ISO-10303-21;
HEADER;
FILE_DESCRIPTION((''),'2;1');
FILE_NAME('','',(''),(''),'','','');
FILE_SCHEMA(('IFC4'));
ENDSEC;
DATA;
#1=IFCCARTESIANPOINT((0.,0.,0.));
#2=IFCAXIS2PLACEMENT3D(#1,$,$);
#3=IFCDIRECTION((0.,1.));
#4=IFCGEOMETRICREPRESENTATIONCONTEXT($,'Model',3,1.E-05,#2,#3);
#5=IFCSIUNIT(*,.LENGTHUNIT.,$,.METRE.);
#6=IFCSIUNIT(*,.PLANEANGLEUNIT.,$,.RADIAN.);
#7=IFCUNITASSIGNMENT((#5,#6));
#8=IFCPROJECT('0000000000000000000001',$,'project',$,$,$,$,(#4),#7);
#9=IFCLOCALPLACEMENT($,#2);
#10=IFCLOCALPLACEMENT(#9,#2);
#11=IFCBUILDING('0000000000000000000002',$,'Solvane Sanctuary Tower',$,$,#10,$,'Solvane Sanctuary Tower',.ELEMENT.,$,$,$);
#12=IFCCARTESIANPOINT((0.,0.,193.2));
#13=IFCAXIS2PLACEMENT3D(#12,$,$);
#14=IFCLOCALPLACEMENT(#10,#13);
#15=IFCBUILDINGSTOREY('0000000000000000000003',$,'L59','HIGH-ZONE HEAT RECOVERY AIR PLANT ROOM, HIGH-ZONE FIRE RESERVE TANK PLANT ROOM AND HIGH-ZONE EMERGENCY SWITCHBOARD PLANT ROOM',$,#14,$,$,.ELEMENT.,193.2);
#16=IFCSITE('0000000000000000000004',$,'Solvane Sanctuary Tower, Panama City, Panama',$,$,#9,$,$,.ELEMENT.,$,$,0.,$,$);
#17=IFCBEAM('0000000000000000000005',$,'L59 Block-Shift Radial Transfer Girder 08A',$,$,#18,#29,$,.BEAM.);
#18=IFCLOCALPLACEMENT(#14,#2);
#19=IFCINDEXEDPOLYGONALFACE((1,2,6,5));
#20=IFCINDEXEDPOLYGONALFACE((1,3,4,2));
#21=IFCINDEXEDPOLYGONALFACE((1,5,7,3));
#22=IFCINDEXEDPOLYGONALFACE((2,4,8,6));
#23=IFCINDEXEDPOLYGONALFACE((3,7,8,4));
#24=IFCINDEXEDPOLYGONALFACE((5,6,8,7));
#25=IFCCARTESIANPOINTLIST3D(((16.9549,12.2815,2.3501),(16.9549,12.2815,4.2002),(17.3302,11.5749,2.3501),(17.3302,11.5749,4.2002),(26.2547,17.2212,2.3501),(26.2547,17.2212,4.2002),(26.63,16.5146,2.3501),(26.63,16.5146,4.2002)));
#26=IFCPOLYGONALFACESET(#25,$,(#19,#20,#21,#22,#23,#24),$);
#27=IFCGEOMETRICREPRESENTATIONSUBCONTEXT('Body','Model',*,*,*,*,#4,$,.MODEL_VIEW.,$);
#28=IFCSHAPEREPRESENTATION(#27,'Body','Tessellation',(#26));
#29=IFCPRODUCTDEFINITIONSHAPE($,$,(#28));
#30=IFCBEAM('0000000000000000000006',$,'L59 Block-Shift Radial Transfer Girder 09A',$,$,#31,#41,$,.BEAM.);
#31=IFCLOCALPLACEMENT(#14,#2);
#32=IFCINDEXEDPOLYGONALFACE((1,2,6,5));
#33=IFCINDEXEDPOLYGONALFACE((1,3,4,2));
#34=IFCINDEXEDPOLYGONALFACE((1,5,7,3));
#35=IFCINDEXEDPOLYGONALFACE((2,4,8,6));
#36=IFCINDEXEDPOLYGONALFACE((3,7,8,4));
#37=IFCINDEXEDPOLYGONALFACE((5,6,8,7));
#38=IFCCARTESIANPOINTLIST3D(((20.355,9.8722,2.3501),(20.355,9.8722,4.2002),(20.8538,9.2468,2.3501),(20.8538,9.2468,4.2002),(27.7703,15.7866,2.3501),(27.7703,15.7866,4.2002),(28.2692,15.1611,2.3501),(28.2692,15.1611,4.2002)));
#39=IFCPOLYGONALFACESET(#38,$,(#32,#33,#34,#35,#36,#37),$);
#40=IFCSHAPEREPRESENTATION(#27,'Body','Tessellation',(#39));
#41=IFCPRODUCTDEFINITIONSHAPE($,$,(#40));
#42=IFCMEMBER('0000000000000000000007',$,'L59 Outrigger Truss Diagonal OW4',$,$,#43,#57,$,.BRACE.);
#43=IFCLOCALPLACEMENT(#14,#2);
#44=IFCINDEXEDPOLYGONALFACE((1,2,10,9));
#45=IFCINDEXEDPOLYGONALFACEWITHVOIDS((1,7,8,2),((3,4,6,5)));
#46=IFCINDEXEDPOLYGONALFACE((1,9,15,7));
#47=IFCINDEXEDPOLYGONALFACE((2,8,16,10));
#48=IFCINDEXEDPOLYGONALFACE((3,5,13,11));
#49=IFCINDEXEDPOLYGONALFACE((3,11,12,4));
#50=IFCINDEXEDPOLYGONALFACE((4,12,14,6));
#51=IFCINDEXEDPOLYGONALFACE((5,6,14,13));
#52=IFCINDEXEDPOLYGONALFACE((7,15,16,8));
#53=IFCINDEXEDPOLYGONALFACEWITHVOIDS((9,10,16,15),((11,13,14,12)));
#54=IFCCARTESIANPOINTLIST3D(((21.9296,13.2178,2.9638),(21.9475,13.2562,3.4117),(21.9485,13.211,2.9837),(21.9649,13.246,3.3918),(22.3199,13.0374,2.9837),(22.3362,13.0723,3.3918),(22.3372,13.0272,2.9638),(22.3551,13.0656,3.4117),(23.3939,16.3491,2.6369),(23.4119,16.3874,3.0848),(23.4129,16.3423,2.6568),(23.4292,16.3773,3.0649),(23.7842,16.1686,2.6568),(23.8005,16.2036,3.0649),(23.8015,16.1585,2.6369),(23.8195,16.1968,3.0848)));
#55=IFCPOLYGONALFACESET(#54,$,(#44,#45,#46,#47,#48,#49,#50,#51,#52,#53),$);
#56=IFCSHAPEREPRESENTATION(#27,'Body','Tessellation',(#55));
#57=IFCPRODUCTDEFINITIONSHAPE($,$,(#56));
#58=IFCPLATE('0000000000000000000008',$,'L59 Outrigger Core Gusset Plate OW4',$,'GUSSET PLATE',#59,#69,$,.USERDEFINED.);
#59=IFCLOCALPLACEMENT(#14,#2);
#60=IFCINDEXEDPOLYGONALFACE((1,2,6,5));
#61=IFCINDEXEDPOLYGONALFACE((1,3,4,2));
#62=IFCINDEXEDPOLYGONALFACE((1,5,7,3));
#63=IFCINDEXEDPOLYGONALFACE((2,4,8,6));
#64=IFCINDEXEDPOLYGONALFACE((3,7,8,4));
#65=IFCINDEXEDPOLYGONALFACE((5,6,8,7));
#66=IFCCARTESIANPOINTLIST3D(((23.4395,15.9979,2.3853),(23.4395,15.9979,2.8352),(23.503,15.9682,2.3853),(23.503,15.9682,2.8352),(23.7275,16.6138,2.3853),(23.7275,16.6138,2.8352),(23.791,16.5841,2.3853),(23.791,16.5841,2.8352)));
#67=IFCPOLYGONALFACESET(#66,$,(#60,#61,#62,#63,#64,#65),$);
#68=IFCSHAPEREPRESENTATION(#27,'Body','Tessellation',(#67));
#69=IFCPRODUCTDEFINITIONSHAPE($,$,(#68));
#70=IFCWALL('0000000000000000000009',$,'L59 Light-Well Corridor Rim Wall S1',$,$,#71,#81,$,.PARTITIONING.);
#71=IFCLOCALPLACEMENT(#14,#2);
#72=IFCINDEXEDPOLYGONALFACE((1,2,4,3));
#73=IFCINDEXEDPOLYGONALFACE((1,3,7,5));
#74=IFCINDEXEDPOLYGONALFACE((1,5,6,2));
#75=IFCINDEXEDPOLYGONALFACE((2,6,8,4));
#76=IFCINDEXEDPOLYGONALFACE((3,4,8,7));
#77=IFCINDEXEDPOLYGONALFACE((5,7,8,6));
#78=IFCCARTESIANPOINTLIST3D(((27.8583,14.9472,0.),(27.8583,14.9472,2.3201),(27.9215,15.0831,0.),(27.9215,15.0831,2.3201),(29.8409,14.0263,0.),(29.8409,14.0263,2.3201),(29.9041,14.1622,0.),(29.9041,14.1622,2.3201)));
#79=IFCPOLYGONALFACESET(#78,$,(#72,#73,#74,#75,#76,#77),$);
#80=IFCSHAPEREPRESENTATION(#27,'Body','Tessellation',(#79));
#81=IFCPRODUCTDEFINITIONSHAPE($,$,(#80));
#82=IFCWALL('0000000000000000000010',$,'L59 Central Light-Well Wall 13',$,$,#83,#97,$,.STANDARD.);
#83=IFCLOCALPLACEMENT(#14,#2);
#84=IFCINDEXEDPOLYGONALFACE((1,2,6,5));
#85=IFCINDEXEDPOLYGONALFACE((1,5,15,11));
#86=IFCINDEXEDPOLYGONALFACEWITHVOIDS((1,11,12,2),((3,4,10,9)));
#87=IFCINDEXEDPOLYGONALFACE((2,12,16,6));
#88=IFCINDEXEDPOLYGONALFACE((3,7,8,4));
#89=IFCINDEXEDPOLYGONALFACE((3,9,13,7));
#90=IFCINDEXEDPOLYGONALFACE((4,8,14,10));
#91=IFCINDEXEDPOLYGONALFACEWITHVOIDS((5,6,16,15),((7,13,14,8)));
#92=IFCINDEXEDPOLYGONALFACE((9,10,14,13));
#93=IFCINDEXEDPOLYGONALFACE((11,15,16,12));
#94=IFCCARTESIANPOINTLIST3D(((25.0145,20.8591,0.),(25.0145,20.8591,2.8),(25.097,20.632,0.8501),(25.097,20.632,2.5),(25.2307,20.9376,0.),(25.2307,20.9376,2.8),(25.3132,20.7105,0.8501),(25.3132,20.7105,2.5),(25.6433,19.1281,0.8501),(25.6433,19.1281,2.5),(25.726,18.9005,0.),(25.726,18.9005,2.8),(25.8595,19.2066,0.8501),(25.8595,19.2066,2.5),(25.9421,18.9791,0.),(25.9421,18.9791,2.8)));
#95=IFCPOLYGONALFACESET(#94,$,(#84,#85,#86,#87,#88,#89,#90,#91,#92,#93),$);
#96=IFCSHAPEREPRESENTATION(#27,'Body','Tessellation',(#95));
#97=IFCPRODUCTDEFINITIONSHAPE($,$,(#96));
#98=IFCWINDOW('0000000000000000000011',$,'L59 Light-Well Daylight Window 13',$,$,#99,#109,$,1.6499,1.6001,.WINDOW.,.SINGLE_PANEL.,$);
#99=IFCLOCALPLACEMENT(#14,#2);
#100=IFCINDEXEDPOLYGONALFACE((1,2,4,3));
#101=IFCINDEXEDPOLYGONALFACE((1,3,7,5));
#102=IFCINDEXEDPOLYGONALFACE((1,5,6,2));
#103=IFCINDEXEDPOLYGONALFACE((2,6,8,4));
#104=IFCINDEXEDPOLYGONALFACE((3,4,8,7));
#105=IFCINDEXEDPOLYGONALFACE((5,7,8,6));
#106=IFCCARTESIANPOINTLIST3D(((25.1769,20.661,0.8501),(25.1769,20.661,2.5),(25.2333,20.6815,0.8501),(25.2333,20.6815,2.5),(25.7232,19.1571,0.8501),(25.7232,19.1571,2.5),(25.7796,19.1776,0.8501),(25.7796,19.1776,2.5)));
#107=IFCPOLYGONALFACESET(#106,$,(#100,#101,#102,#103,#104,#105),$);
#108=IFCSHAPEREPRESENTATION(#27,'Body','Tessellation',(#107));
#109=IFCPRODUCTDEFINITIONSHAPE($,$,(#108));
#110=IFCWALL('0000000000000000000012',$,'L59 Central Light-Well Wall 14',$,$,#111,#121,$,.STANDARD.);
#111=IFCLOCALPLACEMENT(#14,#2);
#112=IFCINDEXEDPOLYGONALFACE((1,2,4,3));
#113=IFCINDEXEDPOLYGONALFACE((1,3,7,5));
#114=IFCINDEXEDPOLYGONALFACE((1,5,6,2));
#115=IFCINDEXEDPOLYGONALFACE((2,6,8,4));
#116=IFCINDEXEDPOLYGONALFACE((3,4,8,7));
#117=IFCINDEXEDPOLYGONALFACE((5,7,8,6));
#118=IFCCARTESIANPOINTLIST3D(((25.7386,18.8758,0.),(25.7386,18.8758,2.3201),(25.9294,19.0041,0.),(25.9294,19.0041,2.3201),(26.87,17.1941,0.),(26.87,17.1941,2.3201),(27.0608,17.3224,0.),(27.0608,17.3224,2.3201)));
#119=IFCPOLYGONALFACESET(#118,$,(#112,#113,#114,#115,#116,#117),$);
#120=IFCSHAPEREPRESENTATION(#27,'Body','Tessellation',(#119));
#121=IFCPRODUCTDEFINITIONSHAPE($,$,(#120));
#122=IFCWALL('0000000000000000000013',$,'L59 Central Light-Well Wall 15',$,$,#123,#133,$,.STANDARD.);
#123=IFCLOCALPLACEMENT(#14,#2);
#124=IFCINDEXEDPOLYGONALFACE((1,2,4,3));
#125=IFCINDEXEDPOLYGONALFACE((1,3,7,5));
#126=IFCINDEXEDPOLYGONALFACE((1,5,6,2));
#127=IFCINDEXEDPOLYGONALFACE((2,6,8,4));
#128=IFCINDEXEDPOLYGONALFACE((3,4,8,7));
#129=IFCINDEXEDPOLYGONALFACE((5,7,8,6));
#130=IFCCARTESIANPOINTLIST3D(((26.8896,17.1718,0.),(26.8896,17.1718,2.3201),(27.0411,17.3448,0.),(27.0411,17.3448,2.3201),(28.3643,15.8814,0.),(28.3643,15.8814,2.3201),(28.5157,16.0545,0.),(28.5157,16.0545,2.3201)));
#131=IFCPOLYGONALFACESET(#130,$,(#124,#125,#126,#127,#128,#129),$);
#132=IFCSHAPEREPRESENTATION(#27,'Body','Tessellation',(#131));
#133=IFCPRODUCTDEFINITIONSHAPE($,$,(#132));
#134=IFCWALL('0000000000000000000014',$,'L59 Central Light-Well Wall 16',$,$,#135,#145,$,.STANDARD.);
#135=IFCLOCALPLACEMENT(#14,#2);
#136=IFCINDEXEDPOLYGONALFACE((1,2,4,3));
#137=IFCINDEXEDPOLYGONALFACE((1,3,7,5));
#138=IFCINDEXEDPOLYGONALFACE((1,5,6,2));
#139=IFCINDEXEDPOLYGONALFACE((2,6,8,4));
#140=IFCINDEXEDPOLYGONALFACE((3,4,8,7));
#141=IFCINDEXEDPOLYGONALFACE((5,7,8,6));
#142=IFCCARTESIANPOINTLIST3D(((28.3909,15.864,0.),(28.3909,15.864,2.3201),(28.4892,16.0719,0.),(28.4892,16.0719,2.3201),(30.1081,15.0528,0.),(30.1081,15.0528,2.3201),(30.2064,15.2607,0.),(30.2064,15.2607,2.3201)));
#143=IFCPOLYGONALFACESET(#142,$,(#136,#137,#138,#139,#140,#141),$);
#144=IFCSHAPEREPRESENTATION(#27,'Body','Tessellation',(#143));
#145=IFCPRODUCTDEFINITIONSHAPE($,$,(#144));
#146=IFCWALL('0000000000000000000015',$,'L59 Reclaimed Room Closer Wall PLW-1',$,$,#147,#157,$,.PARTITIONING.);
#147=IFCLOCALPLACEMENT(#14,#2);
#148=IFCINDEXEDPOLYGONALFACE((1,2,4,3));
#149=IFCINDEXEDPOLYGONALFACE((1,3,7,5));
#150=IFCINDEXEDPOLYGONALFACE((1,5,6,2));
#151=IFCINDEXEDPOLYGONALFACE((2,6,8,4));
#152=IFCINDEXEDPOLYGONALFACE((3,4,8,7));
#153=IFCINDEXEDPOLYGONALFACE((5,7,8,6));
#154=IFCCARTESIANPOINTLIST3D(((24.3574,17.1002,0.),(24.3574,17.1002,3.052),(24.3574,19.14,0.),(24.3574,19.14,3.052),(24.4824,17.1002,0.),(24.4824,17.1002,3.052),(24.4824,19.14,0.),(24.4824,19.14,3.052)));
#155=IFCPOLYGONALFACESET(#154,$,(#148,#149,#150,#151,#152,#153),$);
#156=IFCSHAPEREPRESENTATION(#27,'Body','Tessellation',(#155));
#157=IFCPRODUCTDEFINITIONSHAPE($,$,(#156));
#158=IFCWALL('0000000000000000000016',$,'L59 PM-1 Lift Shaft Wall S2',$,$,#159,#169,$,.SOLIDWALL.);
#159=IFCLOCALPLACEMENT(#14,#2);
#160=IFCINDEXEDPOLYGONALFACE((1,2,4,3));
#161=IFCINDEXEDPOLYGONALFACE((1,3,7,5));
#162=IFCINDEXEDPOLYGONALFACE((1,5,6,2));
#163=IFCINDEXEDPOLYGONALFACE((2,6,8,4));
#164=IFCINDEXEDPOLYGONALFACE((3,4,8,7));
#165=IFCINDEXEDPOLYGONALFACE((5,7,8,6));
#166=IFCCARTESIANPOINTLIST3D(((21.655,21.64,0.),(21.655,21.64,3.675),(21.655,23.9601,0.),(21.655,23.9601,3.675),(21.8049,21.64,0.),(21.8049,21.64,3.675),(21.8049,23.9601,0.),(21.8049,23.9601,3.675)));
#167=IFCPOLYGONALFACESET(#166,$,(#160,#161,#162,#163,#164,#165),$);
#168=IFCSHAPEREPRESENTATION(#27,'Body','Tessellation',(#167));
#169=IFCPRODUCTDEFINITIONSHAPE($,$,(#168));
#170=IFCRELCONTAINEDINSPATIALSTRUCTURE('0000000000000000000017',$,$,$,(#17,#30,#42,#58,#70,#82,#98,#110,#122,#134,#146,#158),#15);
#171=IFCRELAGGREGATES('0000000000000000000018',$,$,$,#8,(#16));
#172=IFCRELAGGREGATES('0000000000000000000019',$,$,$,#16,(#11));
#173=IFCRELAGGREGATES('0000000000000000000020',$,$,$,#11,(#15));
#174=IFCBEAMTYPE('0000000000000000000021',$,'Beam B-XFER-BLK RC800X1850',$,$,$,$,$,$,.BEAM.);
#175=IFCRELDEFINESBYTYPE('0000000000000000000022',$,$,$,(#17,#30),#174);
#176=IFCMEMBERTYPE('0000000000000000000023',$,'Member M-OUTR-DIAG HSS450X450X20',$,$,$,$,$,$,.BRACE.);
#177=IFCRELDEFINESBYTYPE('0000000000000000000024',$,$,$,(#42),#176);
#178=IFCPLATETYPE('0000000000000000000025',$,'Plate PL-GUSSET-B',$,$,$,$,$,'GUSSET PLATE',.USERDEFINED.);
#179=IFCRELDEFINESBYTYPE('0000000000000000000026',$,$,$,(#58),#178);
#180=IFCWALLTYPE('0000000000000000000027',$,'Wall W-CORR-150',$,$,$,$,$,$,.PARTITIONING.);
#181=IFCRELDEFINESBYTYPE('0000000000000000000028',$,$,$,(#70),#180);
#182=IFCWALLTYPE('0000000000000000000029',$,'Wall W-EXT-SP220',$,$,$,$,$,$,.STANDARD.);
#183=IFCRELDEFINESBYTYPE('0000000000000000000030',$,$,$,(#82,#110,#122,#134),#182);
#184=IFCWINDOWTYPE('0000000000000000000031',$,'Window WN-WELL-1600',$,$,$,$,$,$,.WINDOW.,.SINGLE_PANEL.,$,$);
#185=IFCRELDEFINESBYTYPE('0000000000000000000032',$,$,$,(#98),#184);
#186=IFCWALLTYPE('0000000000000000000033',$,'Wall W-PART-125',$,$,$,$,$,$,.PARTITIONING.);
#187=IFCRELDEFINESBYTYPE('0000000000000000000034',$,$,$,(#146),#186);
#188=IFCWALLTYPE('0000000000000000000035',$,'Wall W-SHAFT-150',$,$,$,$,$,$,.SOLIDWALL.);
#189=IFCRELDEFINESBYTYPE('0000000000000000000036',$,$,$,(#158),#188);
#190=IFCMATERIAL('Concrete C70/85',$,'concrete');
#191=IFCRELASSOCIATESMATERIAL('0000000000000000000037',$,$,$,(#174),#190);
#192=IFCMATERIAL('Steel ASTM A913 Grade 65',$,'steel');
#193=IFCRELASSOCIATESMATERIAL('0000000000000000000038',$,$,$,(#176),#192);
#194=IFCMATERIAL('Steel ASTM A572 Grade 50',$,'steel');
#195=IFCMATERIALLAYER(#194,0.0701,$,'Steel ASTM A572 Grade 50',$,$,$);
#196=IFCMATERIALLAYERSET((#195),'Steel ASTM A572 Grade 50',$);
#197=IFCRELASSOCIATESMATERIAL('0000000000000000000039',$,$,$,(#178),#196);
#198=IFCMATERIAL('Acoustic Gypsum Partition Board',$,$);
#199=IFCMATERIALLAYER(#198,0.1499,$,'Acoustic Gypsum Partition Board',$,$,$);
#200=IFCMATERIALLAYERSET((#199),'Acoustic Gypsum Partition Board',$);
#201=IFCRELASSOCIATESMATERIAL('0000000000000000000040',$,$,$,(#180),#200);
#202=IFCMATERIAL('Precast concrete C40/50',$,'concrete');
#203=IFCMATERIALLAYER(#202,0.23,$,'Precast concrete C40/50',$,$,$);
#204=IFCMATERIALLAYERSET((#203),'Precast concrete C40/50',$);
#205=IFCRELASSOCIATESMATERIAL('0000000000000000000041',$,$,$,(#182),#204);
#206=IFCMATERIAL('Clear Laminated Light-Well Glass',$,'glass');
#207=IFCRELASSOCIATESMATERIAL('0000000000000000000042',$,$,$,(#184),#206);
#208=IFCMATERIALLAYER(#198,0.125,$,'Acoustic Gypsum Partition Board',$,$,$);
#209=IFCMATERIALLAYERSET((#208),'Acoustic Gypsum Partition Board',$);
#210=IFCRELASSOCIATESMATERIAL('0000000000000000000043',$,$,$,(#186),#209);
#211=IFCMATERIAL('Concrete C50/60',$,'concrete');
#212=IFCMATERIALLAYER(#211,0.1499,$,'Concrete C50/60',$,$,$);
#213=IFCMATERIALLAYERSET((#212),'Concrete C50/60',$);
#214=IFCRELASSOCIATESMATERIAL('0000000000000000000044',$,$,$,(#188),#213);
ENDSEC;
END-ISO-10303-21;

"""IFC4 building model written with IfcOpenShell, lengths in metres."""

from ifc_helpers import new_model, si_unit, direction, frame, frame_2d, origin, origin_2d, place, context, subcontext, project, spatial, rectangle, hollow_rectangle, extrude, material, layer, layer_set, material_profile, profile_set, type_object, element, fill, save


model = new_model("IFC4")

# Units and contexts
model_context = context("Model", 3, precision=1e-05, world=origin(), true_north=direction((0.0, 1.0)))
body_context = subcontext(model_context, "Body", "Model", "MODEL_VIEW")
ifc_project = project(units=[si_unit("LENGTHUNIT", "METRE"), si_unit("PLANEANGLEUNIT", "RADIAN")], contexts=[model_context])

# Site, building, storey
site_placement = place(None, origin())
site = spatial("IfcSite", under=ifc_project, at=site_placement, Name="Solvane Sanctuary Tower, Panama City, Panama", CompositionType="ELEMENT", RefElevation=0.0)
building_placement = place(site_placement, origin())
building = spatial("IfcBuilding", under=site, at=building_placement, Name="Solvane Sanctuary Tower", LongName="Solvane Sanctuary Tower", CompositionType="ELEMENT")
storey_placement = place(building_placement, frame((0.0, 0.0, 193.2)))
storey = spatial("IfcBuildingStorey", under=building, at=storey_placement, Name="L59", Description="HIGH-ZONE HEAT RECOVERY AIR PLANT ROOM, HIGH-ZONE FIRE RESERVE TANK PLANT ROOM AND HIGH-ZONE EMERGENCY SWITCHBOARD PLANT ROOM", CompositionType="ELEMENT", Elevation=193.2)

# Shared definitions
ifc_material_1 = material(Name="Concrete C50/60", Category="concrete")
ifc_material_2 = material(Name="Concrete C70/85", Category="concrete")

# Beams
ifc_material_3 = material(Name="Steel ASTM A913 Grade 65", Category="steel")
ifc_material_profile_1 = material_profile(ifc_material_2, rectangle(XDim=0.8, YDim=1.8501, at=origin_2d()), Name="RC800X1850")
ifc_profile_set_1 = profile_set([ifc_material_profile_1], Name="Concrete C70/85")
beam_type_1 = type_object("IfcBeamType", Name="Beam B-XFER-BLK RC800X1850", PredefinedType="BEAM", material=ifc_profile_set_1)
beam_1_placement = place(storey_placement, frame((26.4424, 16.8679, 3.2751), z_axis=(-0.883148, -0.469094, 0.0), x_axis=(0.469094, -0.883148, 0.0)))
element("IfcBeam", 1, at=beam_1_placement, inside=storey, type_object=beam_type_1, Name="L59 Block-Shift Radial Transfer Girder 08A", PredefinedType="BEAM", context=body_context, shape_type="SweptSolid", body=[
    extrude(rectangle(XDim=0.8, YDim=1.8501, at=origin_2d()), origin(), (0.0, 0.0, 1.0), 10.5303),
])
beam_2_placement = place(storey_placement, frame((28.0198, 15.4739, 3.2751), z_axis=(-0.78179, -0.623542, 0.0), x_axis=(0.623542, -0.78179, 0.0)))
element("IfcBeam", 2, at=beam_2_placement, inside=storey, type_object=beam_type_1, Name="L59 Block-Shift Radial Transfer Girder 09A", PredefinedType="BEAM", context=body_context, shape_type="SweptSolid", body=[
    extrude(rectangle(XDim=0.8, YDim=1.8501, at=origin_2d()), origin(), (0.0, 0.0, 1.0), 9.4851),
])

# Member
ifc_material_profile_2 = material_profile(ifc_material_3, hollow_rectangle(XDim=0.45, YDim=0.45, WallThickness=0.02, at=origin_2d()), Name="HSS450X450X20")
ifc_profile_set_2 = profile_set([ifc_material_profile_2], Name="Steel ASTM A913 Grade 65")
member_type = type_object("IfcMemberType", Name="Member M-OUTR-DIAG HSS450X450X20", PredefinedType="BRACE", material=ifc_profile_set_2)
member_placement = place(storey_placement, frame((23.6067, 16.2729, 2.8608), z_axis=(-0.421731, -0.90182, 0.094148), x_axis=(0.905844, -0.423612, 0.0)))
element("IfcMember", 3, at=member_placement, inside=storey, type_object=member_type, Name="L59 Outrigger Truss Diagonal OW4", PredefinedType="BRACE", context=body_context, shape_type="SweptSolid", body=[
    extrude(hollow_rectangle(XDim=0.45, YDim=0.45, WallThickness=0.02, at=origin_2d()), origin(), (0.0, 0.0, 1.0), 3.4722),
])

# Plate
ifc_material_4 = material(Name="Steel ASTM A572 Grade 50", Category="steel")
ifc_layer_1 = layer(ifc_material_4, 0.0701, Name="Steel ASTM A572 Grade 50")
ifc_layer_set_1 = layer_set([ifc_layer_1], Name="Steel ASTM A572 Grade 50")
plate_type = type_object("IfcPlateType", Name="Plate PL-GUSSET-B", ElementType="GUSSET PLATE", PredefinedType="USERDEFINED", material=ifc_layer_set_1)
plate_placement = place(storey_placement, frame((23.6152, 16.291, 2.3853), z_axis=(0.0, 0.0, 1.0), x_axis=(-0.423567, -0.905865, 0.0)))
element("IfcPlate", 4, at=plate_placement, inside=storey, type_object=plate_type, Name="L59 Outrigger Core Gusset Plate OW4", ObjectType="GUSSET PLATE", PredefinedType="USERDEFINED", context=body_context, shape_type="SweptSolid", body=[
    extrude(rectangle(XDim=0.6799, YDim=0.0701, at=origin_2d()), origin(), (0.0, 0.0, 1.0), 0.45),
])

# Wall
ifc_material_5 = material(Name="Acoustic Gypsum Partition Board")
ifc_layer_2 = layer(ifc_material_5, 0.1499, Name="Acoustic Gypsum Partition Board")
ifc_layer_set_2 = layer_set([ifc_layer_2], Name="Acoustic Gypsum Partition Board")
wall_type_1 = type_object("IfcWallType", Name="Wall W-CORR-150", PredefinedType="PARTITIONING", material=ifc_layer_set_2)
wall_1_placement = place(storey_placement, frame((27.8899, 15.0151, 0.0), z_axis=(0.0, 0.0, 1.0), x_axis=(0.906943, -0.421252, 0.0)))
element("IfcWall", 5, at=wall_1_placement, inside=storey, type_object=wall_type_1, Name="L59 Light-Well Corridor Rim Wall S1", PredefinedType="PARTITIONING", context=body_context, shape_type="SweptSolid", body=[
    extrude(rectangle(XDim=2.186, YDim=0.1499, at=frame_2d((1.093, 0.0))), origin(), (0.0, 0.0, 1.0), 2.3201),
])

# Wall, opening, window
ifc_material_6 = material(Name="Precast concrete C40/50", Category="concrete")
ifc_layer_3 = layer(ifc_material_6, 0.23, Name="Precast concrete C40/50")
ifc_layer_set_3 = layer_set([ifc_layer_3], Name="Precast concrete C40/50")
wall_type_2 = type_object("IfcWallType", Name="Wall W-EXT-SP220", PredefinedType="STANDARD", material=ifc_layer_set_3)
wall_2_placement = place(storey_placement, frame((25.1226, 20.8984, 0.0), z_axis=(0.0, 0.0, 1.0), x_axis=(0.341423, -0.93991, 0.0)))
wall_2 = element("IfcWall", 6, at=wall_2_placement, inside=storey, type_object=wall_type_2, Name="L59 Central Light-Well Wall 13", PredefinedType="STANDARD", context=body_context, shape_type="SweptSolid", body=[
    extrude(rectangle(XDim=2.0837, YDim=0.23, at=frame_2d((1.042, 0.0))), origin(), (0.0, 0.0, 1.0), 2.8),
])
opening_placement = place(wall_2_placement, frame((0.2417, 0.0, 0.8501)))
opening = element("IfcOpeningElement", 7, at=opening_placement, cuts=wall_2, PredefinedType="OPENING", context=body_context, shape_type="SweptSolid", body=[
    extrude(rectangle(XDim=1.6001, YDim=1.6499, at=frame_2d((0.8, 0.825))), frame((0.0, 0.125, 0.0), z_axis=(0.0, -1.0, 0.0), x_axis=(1.0, 0.0, 0.0)), (0.0, 0.0, 1.0), 0.25),
])
ifc_material_7 = material(Name="Clear Laminated Light-Well Glass", Category="glass")
window_type = type_object("IfcWindowType", Name="Window WN-WELL-1600", PartitioningType="SINGLE_PANEL", PredefinedType="WINDOW", material=ifc_material_7)
window_placement = place(opening_placement, origin())
window = element("IfcWindow", 8, at=window_placement, inside=storey, type_object=window_type, Name="L59 Light-Well Daylight Window 13", OverallHeight=1.6499, OverallWidth=1.6001, PartitioningType="SINGLE_PANEL", PredefinedType="WINDOW", context=body_context, shape_type="SweptSolid", body=[
    extrude(rectangle(XDim=1.6001, YDim=1.6499, at=frame_2d((0.8, 0.825))), frame((0.0, 0.03, 0.0), z_axis=(0.0, -1.0, 0.0), x_axis=(1.0, 0.0, 0.0)), (0.0, 0.0, 1.0), 0.0601),
])
fill(opening, window)

# Walls
wall_3_placement = place(storey_placement, frame((25.834, 18.9399, 0.0), z_axis=(0.0, 0.0, 1.0), x_axis=(0.558198, -0.829708, 0.0)))
element("IfcWall", 9, at=wall_3_placement, inside=storey, type_object=wall_type_2, Name="L59 Central Light-Well Wall 14", PredefinedType="STANDARD", context=body_context, shape_type="SweptSolid", body=[
    extrude(rectangle(XDim=2.0269, YDim=0.23, at=frame_2d((1.0134, 0.0))), origin(), (0.0, 0.0, 1.0), 2.3201),
])
wall_4_placement = place(storey_placement, frame((26.9653, 17.2583, 0.0), z_axis=(0.0, 0.0, 1.0), x_axis=(0.752577, -0.658505, 0.0)))
element("IfcWall", 10, at=wall_4_placement, inside=storey, type_object=wall_type_2, Name="L59 Central Light-Well Wall 15", PredefinedType="STANDARD", context=body_context, shape_type="SweptSolid", body=[
    extrude(rectangle(XDim=1.9595, YDim=0.23, at=frame_2d((0.9797, 0.0))), origin(), (0.0, 0.0, 1.0), 2.3201),
])
wall_5_placement = place(storey_placement, frame((28.4399, 15.968, 0.0), z_axis=(0.0, 0.0, 1.0), x_axis=(0.90418, -0.427152, 0.0)))
element("IfcWall", 11, at=wall_5_placement, inside=storey, type_object=wall_type_2, Name="L59 Central Light-Well Wall 16", PredefinedType="STANDARD", context=body_context, shape_type="SweptSolid", body=[
    extrude(rectangle(XDim=1.8992, YDim=0.23, at=frame_2d((0.9497, 0.0))), origin(), (0.0, 0.0, 1.0), 2.3201),
])
ifc_layer_4 = layer(ifc_material_5, 0.125, Name="Acoustic Gypsum Partition Board")
ifc_layer_set_4 = layer_set([ifc_layer_4], Name="Acoustic Gypsum Partition Board")
wall_type_3 = type_object("IfcWallType", Name="Wall W-PART-125", PredefinedType="PARTITIONING", material=ifc_layer_set_4)
wall_6_placement = place(storey_placement, frame((24.4199, 17.1001, 0.0), z_axis=(0.0, 0.0, 1.0), x_axis=(0.0, 1.0, 0.0)))
element("IfcWall", 12, at=wall_6_placement, inside=storey, type_object=wall_type_3, Name="L59 Reclaimed Room Closer Wall PLW-1", PredefinedType="PARTITIONING", context=body_context, shape_type="SweptSolid", body=[
    extrude(rectangle(XDim=2.0398, YDim=0.125, at=frame_2d((1.02, 0.0))), origin(), (0.0, 0.0, 1.0), 3.052),
])
ifc_layer_5 = layer(ifc_material_1, 0.1499, Name="Concrete C50/60")
ifc_layer_set_5 = layer_set([ifc_layer_5], Name="Concrete C50/60")
wall_type_4 = type_object("IfcWallType", Name="Wall W-SHAFT-150", PredefinedType="SOLIDWALL", material=ifc_layer_set_5)
wall_7_placement = place(storey_placement, frame((21.73, 21.6399, 0.0), z_axis=(0.0, 0.0, 1.0), x_axis=(0.0, 1.0, 0.0)))
element("IfcWall", 13, at=wall_7_placement, inside=storey, type_object=wall_type_4, Name="L59 PM-1 Lift Shaft Wall S2", PredefinedType="SOLIDWALL", context=body_context, shape_type="SweptSolid", body=[
    extrude(rectangle(XDim=2.3201, YDim=0.1499, at=frame_2d((1.1602, 0.0))), origin(), (0.0, 0.0, 1.0), 3.675),
])

save(model, "model.ifc")
